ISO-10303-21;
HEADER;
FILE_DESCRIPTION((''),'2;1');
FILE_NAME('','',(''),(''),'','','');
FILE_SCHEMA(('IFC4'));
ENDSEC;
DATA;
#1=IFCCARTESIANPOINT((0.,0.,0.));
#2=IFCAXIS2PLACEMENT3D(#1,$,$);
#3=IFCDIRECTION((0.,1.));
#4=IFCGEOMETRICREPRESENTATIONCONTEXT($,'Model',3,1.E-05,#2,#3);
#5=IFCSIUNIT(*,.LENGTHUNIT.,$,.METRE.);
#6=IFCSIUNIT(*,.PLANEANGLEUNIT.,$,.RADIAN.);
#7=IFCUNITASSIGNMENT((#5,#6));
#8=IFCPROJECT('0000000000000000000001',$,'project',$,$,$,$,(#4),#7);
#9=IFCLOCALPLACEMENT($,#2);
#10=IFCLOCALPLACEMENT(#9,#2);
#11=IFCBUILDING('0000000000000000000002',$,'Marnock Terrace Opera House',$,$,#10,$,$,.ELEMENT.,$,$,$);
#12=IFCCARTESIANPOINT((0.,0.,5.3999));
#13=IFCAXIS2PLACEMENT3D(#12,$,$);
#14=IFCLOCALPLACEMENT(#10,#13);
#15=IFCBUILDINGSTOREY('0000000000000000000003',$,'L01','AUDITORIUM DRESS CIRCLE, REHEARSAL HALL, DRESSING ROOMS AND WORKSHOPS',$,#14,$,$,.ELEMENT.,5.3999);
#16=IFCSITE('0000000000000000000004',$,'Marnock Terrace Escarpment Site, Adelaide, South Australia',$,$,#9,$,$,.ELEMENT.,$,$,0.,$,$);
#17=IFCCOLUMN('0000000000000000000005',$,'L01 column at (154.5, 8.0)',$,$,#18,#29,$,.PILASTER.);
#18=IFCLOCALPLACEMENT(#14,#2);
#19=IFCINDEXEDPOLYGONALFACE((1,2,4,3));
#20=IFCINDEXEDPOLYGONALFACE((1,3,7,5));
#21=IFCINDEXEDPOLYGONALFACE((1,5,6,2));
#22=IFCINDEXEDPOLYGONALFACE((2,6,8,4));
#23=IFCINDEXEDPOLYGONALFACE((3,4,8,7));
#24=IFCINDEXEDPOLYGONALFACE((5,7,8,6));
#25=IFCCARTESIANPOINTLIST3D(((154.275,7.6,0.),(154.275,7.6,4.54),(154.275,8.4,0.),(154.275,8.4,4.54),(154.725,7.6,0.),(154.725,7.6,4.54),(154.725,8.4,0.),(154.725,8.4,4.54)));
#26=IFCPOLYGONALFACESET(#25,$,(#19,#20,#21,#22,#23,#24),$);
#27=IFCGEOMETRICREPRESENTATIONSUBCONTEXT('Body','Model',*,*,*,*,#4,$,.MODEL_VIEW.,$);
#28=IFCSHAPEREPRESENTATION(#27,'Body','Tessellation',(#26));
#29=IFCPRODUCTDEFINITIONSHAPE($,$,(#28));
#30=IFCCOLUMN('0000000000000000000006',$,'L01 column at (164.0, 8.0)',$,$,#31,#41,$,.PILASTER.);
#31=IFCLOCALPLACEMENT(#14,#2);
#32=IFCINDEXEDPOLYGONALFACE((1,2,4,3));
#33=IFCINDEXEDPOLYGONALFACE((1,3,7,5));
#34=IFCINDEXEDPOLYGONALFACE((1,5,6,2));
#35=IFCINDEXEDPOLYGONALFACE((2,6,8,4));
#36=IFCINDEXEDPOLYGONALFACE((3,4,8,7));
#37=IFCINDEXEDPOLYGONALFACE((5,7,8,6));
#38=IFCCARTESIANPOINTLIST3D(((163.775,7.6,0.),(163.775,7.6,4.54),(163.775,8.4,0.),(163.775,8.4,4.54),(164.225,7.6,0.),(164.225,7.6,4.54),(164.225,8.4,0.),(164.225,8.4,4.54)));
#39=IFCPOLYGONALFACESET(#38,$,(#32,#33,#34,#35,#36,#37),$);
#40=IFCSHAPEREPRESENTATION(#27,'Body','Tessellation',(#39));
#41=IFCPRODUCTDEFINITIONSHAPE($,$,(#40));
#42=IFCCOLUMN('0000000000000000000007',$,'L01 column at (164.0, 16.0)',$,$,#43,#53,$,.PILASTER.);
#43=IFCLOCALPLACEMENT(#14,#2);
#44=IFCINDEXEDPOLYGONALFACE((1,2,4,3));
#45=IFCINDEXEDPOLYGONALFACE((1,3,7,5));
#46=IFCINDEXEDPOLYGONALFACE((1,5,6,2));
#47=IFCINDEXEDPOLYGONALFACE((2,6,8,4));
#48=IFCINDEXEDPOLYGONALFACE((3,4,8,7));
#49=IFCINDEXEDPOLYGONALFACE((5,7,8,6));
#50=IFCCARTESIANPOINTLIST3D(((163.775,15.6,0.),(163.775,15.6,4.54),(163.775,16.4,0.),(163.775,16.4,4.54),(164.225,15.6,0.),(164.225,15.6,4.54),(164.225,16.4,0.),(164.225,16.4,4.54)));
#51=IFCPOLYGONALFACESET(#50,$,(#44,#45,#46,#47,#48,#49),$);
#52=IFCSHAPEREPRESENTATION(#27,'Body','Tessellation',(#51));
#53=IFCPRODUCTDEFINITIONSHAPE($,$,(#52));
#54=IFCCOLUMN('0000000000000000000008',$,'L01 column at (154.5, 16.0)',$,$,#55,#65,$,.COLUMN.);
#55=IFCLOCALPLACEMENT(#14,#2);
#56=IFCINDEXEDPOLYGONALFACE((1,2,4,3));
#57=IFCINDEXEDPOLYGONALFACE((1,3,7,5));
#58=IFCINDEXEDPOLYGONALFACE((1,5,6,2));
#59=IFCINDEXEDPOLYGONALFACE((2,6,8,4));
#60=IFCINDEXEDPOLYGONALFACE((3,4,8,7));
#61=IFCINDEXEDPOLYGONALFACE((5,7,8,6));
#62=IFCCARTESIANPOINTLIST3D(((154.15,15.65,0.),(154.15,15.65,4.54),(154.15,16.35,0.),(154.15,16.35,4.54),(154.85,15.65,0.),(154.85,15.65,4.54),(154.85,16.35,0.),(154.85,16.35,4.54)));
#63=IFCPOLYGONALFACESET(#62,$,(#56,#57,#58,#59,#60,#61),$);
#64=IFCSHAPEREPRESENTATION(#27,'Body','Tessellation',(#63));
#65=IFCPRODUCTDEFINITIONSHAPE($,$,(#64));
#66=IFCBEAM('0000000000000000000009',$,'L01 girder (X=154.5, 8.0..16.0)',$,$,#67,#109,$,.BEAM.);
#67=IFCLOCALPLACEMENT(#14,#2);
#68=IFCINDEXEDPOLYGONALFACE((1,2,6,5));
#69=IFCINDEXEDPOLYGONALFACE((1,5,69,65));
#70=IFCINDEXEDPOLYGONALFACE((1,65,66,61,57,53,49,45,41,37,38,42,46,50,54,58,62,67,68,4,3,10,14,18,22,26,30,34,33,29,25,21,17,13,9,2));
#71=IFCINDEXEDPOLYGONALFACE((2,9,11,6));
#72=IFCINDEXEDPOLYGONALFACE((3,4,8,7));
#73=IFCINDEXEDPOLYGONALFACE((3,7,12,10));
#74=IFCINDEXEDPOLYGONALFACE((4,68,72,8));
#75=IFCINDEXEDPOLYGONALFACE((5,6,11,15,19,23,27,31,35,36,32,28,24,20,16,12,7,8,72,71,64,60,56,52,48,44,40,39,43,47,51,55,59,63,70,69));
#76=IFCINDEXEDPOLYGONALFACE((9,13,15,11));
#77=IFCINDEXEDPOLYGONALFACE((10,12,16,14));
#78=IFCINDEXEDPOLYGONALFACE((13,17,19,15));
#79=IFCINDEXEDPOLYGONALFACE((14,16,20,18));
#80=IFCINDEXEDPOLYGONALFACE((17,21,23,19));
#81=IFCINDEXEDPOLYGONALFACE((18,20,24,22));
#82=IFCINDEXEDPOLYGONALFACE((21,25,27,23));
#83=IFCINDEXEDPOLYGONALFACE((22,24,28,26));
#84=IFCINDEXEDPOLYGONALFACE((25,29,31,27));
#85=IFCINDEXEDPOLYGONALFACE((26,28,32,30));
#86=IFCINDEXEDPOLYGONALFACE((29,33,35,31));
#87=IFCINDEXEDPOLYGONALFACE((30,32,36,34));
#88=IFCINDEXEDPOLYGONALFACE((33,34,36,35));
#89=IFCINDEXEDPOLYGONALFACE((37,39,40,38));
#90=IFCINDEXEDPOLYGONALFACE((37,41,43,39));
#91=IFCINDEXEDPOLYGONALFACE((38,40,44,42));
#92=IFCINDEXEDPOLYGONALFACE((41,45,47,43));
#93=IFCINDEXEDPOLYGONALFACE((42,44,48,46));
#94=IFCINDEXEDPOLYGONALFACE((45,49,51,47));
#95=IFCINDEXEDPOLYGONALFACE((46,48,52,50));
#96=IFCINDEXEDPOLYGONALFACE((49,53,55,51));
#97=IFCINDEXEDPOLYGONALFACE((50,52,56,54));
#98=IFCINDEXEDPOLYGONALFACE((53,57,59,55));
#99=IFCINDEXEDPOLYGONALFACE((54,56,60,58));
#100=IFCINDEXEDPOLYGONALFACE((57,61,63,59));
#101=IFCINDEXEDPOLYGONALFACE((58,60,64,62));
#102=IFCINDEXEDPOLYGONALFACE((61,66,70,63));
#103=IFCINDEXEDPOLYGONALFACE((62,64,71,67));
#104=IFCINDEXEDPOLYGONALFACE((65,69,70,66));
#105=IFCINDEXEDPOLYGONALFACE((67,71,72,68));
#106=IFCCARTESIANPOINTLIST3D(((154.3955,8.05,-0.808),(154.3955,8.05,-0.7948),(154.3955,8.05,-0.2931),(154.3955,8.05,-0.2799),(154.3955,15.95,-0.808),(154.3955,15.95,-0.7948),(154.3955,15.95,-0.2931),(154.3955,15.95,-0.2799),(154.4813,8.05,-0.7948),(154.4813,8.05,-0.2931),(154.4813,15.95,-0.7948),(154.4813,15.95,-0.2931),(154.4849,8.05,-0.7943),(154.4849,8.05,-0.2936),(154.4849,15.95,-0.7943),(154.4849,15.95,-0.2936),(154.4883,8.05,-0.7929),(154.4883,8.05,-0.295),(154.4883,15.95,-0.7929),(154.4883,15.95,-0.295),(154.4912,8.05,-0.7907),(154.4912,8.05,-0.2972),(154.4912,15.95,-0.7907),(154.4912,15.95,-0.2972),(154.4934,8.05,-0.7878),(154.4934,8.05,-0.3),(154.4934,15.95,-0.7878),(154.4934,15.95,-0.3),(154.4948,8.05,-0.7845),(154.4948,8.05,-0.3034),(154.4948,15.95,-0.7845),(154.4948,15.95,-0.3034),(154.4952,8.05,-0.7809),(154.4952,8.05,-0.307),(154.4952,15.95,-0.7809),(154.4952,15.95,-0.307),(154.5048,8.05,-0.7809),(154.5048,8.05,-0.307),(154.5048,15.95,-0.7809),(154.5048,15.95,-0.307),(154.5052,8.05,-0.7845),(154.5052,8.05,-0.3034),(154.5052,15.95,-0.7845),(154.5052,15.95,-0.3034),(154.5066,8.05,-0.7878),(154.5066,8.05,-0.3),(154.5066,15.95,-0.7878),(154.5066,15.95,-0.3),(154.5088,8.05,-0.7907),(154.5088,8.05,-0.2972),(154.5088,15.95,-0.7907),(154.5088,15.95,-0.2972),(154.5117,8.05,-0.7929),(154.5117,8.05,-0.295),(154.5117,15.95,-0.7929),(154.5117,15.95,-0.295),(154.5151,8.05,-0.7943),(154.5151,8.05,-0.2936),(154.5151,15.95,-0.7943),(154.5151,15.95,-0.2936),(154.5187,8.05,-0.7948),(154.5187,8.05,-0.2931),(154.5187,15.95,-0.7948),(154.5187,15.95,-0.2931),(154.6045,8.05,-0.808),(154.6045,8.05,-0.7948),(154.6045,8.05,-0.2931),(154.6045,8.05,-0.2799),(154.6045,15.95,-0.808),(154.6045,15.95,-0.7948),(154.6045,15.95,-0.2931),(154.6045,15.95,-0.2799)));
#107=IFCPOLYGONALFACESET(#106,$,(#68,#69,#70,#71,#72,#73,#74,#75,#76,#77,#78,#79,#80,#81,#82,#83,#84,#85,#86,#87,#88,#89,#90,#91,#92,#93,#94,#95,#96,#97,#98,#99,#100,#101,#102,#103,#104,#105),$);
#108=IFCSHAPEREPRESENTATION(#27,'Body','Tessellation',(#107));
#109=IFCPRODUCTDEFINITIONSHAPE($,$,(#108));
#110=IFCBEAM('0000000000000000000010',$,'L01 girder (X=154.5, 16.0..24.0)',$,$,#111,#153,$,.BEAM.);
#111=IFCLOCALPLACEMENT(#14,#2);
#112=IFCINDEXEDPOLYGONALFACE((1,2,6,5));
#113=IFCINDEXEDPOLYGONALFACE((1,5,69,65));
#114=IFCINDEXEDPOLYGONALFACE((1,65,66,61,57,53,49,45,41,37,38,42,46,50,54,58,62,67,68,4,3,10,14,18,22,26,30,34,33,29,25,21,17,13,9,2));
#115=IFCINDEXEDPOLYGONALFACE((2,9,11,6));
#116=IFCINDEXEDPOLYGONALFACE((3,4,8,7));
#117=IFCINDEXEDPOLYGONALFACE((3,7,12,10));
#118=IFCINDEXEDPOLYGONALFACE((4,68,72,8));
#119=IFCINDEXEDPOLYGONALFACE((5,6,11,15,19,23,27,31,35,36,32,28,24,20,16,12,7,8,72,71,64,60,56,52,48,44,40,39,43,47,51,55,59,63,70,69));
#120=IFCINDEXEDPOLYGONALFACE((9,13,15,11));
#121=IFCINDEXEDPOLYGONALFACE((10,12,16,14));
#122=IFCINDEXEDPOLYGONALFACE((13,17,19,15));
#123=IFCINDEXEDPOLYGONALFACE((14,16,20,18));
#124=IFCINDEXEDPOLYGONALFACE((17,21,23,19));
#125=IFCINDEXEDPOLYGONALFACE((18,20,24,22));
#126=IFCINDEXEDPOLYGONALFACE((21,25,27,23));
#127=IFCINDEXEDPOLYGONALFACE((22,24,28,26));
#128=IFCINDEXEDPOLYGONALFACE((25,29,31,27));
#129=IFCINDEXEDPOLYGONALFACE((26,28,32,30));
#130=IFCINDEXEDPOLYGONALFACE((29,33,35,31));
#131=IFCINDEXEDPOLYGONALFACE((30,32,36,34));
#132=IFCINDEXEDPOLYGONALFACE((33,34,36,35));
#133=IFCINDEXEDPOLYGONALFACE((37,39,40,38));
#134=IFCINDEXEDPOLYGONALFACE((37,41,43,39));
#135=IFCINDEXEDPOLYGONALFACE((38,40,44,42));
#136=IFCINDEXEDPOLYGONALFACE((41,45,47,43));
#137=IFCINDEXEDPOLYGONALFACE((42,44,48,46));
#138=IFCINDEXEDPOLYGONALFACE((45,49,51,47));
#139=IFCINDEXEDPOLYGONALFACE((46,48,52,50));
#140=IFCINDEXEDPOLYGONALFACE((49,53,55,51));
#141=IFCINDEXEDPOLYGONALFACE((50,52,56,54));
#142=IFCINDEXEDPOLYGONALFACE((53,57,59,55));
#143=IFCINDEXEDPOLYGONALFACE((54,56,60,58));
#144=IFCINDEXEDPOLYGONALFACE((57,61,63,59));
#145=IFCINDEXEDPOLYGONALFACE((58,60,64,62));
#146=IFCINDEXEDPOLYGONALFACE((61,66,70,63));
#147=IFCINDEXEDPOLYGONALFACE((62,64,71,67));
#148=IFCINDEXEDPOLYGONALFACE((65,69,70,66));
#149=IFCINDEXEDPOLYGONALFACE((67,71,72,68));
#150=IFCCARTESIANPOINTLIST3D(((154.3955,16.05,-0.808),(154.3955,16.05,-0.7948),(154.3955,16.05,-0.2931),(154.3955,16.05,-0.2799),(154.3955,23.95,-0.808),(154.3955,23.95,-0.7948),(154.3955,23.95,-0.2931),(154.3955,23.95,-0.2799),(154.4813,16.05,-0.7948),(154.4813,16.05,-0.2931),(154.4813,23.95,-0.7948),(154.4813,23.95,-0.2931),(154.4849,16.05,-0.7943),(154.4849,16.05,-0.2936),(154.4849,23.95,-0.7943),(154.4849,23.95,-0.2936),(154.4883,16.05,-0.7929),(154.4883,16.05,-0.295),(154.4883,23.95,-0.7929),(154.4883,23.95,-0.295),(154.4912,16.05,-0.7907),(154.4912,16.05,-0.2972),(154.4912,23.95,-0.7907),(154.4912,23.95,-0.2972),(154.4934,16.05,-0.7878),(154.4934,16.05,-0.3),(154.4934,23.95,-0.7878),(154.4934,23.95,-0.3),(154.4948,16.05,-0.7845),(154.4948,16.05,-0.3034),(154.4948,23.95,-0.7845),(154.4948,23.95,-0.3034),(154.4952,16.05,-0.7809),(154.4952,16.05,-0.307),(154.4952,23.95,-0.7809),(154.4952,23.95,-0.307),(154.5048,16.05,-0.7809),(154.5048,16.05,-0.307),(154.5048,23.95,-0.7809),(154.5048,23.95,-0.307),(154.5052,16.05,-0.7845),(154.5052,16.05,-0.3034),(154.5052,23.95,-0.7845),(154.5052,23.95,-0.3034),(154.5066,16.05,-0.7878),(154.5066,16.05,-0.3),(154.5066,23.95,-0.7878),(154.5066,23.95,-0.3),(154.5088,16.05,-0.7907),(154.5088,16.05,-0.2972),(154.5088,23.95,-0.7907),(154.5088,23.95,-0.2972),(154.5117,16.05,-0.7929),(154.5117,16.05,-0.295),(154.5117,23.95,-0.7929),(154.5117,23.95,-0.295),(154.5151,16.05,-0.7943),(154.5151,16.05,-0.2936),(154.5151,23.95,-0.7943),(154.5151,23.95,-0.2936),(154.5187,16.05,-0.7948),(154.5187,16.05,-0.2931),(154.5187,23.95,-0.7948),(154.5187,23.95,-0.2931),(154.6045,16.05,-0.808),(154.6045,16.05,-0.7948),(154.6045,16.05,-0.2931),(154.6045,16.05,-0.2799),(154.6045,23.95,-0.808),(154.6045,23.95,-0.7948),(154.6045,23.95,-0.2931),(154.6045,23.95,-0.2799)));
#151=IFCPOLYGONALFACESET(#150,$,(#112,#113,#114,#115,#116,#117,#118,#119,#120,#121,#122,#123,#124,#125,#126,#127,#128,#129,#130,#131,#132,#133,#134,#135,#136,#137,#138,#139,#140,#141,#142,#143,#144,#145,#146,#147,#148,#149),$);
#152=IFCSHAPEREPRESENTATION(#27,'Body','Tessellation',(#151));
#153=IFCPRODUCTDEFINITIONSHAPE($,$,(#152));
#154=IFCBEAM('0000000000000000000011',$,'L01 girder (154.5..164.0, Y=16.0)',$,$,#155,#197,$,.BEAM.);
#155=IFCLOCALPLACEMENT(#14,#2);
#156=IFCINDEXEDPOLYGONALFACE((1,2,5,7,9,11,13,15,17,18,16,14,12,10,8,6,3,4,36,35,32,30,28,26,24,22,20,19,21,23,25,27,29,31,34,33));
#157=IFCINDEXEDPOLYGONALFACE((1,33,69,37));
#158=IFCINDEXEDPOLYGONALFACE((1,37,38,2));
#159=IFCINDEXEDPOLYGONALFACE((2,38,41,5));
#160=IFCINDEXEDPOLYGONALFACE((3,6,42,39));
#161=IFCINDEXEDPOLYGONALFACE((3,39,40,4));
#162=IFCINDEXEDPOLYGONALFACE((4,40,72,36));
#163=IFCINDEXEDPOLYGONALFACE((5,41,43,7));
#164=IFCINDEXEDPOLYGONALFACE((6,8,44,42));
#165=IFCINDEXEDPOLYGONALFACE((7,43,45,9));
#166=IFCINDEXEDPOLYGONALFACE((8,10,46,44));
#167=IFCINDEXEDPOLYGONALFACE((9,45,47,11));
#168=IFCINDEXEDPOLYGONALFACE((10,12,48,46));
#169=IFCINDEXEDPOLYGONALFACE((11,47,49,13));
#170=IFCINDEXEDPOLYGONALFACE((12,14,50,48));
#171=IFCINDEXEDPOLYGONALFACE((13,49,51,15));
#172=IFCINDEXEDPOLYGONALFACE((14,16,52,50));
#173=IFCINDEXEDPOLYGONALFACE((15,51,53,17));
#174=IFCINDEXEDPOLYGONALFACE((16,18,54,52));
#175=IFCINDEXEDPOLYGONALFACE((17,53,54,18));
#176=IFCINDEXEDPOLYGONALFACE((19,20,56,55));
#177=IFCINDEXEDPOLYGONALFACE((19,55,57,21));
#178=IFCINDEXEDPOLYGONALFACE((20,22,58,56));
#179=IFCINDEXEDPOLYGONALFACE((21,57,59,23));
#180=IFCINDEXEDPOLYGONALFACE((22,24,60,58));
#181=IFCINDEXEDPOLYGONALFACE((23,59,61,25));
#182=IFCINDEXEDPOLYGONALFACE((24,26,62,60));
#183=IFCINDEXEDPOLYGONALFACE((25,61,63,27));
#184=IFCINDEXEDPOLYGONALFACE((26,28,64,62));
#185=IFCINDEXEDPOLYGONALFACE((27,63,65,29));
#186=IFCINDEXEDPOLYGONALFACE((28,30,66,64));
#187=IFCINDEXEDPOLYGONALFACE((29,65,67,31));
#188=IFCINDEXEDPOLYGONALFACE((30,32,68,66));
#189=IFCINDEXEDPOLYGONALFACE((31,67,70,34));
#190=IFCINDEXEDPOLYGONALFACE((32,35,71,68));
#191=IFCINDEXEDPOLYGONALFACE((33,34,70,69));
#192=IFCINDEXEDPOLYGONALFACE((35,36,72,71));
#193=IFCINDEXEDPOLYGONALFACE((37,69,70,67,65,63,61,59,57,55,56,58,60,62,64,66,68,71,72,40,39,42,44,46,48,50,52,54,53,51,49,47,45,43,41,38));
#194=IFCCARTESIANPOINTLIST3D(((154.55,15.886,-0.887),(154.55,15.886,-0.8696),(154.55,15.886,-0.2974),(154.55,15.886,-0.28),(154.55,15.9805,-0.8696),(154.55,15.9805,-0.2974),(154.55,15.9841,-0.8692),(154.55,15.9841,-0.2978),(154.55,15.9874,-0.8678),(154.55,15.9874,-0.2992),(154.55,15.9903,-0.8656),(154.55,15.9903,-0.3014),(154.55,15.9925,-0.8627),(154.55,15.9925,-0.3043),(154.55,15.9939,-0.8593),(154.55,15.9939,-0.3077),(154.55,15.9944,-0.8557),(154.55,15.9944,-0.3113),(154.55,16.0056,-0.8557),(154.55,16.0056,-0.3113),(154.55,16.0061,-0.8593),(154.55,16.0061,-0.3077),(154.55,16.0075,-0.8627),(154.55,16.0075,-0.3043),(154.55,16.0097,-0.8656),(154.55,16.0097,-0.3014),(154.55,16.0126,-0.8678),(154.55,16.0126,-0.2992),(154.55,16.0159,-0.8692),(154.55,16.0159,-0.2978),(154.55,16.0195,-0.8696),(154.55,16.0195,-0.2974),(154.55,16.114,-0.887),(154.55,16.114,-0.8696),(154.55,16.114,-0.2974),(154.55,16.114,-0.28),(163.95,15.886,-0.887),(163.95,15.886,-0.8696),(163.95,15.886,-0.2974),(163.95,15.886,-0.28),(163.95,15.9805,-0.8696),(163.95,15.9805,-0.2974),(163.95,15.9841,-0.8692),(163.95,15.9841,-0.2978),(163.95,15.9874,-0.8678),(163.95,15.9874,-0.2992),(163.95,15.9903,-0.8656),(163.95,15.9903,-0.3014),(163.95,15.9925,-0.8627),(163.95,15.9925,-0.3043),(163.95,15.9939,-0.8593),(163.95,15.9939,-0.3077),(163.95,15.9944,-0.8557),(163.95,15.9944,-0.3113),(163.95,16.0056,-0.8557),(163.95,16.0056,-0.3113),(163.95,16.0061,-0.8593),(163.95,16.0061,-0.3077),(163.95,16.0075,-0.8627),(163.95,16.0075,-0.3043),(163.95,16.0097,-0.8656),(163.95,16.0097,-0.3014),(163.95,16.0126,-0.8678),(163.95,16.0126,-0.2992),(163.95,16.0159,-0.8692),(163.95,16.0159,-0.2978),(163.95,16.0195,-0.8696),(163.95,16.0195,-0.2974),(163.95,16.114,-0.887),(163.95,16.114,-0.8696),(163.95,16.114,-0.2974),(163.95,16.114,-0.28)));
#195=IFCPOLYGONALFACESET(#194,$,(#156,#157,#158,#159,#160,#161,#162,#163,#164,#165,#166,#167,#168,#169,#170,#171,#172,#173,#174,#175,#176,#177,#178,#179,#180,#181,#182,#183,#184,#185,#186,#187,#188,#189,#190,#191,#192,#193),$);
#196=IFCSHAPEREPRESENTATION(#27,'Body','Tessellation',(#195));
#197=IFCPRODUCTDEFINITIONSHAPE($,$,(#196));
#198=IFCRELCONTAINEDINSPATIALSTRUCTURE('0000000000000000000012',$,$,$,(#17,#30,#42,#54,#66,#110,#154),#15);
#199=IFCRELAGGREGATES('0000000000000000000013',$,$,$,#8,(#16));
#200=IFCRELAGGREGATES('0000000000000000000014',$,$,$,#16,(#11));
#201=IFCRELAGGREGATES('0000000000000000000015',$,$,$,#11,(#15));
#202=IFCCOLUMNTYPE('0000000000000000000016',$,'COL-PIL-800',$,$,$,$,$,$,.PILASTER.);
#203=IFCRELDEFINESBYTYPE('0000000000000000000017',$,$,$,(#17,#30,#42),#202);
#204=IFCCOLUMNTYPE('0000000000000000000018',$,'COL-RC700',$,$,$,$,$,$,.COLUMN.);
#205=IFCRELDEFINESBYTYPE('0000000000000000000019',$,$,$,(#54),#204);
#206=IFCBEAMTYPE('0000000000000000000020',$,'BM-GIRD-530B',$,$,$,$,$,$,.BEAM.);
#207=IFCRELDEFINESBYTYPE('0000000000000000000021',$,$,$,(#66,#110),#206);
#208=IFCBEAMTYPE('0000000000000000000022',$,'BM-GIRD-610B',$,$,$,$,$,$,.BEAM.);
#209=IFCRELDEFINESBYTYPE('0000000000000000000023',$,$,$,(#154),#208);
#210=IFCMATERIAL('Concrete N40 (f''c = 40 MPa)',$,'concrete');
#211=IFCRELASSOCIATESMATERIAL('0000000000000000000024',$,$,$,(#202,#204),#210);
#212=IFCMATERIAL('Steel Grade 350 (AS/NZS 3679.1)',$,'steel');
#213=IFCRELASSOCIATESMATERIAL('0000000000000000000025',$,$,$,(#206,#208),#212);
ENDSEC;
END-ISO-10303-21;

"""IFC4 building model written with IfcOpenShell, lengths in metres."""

from ifc_helpers import new_model, si_unit, direction, frame, origin, origin_2d, place, context, subcontext, project, spatial, rectangle, i_section, extrude, material, material_profile, profile_set, type_object, element, save


model = new_model("IFC4")

# Units and contexts
model_context = context("Model", 3, precision=1e-05, world=origin(), true_north=direction((0.0, 1.0)))
body_context = subcontext(model_context, "Body", "Model", "MODEL_VIEW")
ifc_project = project(units=[si_unit("LENGTHUNIT", "METRE"), si_unit("PLANEANGLEUNIT", "RADIAN")], contexts=[model_context])

# Site, building, storey
site_placement = place(None, origin())
site = spatial("IfcSite", under=ifc_project, at=site_placement, Name="Marnock Terrace Escarpment Site, Adelaide, South Australia", CompositionType="ELEMENT", RefElevation=0.0)
building_placement = place(site_placement, origin())
building = spatial("IfcBuilding", under=site, at=building_placement, Name="Marnock Terrace Opera House", CompositionType="ELEMENT")
storey_placement = place(building_placement, frame((0.0, 0.0, 5.3999)))
storey = spatial("IfcBuildingStorey", under=building, at=storey_placement, Name="L01", Description="AUDITORIUM DRESS CIRCLE, REHEARSAL HALL, DRESSING ROOMS AND WORKSHOPS", CompositionType="ELEMENT", Elevation=5.3999)

# Columns
ifc_material_1 = material(Name="Concrete N40 (f'c = 40 MPa)", Category="concrete")
ifc_material_profile_1 = material_profile(ifc_material_1, rectangle(XDim=0.45, YDim=0.8, at=origin_2d()))
ifc_profile_set_1 = profile_set([ifc_material_profile_1], Name="Concrete N40 (f'c = 40 MPa)")
column_type_1 = type_object("IfcColumnType", Name="COL-PIL-800", PredefinedType="PILASTER", material=ifc_profile_set_1)
for number, where, z_axis, x_axis, name in (
    (1, (154.5, 8.0, 0.0), (0.0, 0.0, 1.0), (1.0, 0.0, 0.0), "L01 column at (154.5, 8.0)"),
    (2, (164.0, 8.0, 0.0), (0.0, 0.0, 1.0), (1.0, 0.0, 0.0), "L01 column at (164.0, 8.0)"),
    (3, (164.0, 16.0, 0.0), (0.0, 0.0, 1.0), (1.0, 0.0, 0.0), "L01 column at (164.0, 16.0)"),
):
    element("IfcColumn", number, at=place(storey_placement, frame(where, z_axis=z_axis, x_axis=x_axis)), inside=storey, type_object=column_type_1, Name=name, PredefinedType="PILASTER", context=body_context, shape_type="SweptSolid", body=[
        extrude(rectangle(XDim=0.45, YDim=0.8, at=origin_2d()), origin(), (0.0, 0.0, 1.0), 4.54),
    ])
ifc_material_profile_2 = material_profile(ifc_material_1, rectangle(XDim=0.7, YDim=0.7, at=origin_2d()))
ifc_profile_set_2 = profile_set([ifc_material_profile_2], Name="Concrete N40 (f'c = 40 MPa)")
column_type_2 = type_object("IfcColumnType", Name="COL-RC700", PredefinedType="COLUMN", material=ifc_profile_set_2)
column_placement = place(storey_placement, frame((154.5, 16.0, 0.0), z_axis=(0.0, 0.0, 1.0), x_axis=(1.0, 0.0, 0.0)))
element("IfcColumn", 4, at=column_placement, inside=storey, type_object=column_type_2, Name="L01 column at (154.5, 16.0)", PredefinedType="COLUMN", context=body_context, shape_type="SweptSolid", body=[
    extrude(rectangle(XDim=0.7, YDim=0.7, at=origin_2d()), origin(), (0.0, 0.0, 1.0), 4.54),
])

# Beams
ifc_material_2 = material(Name="Steel Grade 350 (AS/NZS 3679.1)", Category="steel")
ifc_material_profile_3 = material_profile(ifc_material_2, i_section(OverallWidth=0.209, OverallDepth=0.5281, WebThickness=0.0095, FlangeThickness=0.0132, FilletRadius=0.0139, at=origin_2d()))
ifc_profile_set_3 = profile_set([ifc_material_profile_3], Name="Steel Grade 350 (AS/NZS 3679.1)")
beam_type_1 = type_object("IfcBeamType", Name="BM-GIRD-530B", PredefinedType="BEAM", material=ifc_profile_set_3)
for number, where, z_axis, x_axis, name in (
    (5, (154.5, 8.05, -0.5439), (0.0, 1.0, 0.0), (-1.0, 0.0, 0.0), "L01 girder (X=154.5, 8.0..16.0)"),
    (6, (154.5, 16.05, -0.5439), (0.0, 1.0, 0.0), (-1.0, 0.0, 0.0), "L01 girder (X=154.5, 16.0..24.0)"),
):
    element("IfcBeam", number, at=place(storey_placement, frame(where, z_axis=z_axis, x_axis=x_axis)), inside=storey, type_object=beam_type_1, Name=name, PredefinedType="BEAM", context=body_context, shape_type="SweptSolid", body=[
        extrude(i_section(OverallWidth=0.209, OverallDepth=0.5281, WebThickness=0.0095, FlangeThickness=0.0132, FilletRadius=0.0139, at=origin_2d()), origin(), (0.0, 0.0, 1.0), 7.8999),
    ])
ifc_material_profile_4 = material_profile(ifc_material_2, i_section(OverallWidth=0.228, OverallDepth=0.6069, WebThickness=0.0112, FlangeThickness=0.0173, FilletRadius=0.0139, at=origin_2d()))
ifc_profile_set_4 = profile_set([ifc_material_profile_4], Name="Steel Grade 350 (AS/NZS 3679.1)")
beam_type_2 = type_object("IfcBeamType", Name="BM-GIRD-610B", PredefinedType="BEAM", material=ifc_profile_set_4)
beam_1_placement = place(storey_placement, frame((154.55, 16.0, -0.5835), z_axis=(1.0, 0.0, 0.0), x_axis=(0.0, 1.0, 0.0)))
element("IfcBeam", 7, at=beam_1_placement, inside=storey, type_object=beam_type_2, Name="L01 girder (154.5..164.0, Y=16.0)", PredefinedType="BEAM", context=body_context, shape_type="SweptSolid", body=[
    extrude(i_section(OverallWidth=0.228, OverallDepth=0.6069, WebThickness=0.0112, FlangeThickness=0.0173, FilletRadius=0.0139, at=origin_2d()), origin(), (0.0, 0.0, 1.0), 9.3999),
])

save(model, "model.ifc")
